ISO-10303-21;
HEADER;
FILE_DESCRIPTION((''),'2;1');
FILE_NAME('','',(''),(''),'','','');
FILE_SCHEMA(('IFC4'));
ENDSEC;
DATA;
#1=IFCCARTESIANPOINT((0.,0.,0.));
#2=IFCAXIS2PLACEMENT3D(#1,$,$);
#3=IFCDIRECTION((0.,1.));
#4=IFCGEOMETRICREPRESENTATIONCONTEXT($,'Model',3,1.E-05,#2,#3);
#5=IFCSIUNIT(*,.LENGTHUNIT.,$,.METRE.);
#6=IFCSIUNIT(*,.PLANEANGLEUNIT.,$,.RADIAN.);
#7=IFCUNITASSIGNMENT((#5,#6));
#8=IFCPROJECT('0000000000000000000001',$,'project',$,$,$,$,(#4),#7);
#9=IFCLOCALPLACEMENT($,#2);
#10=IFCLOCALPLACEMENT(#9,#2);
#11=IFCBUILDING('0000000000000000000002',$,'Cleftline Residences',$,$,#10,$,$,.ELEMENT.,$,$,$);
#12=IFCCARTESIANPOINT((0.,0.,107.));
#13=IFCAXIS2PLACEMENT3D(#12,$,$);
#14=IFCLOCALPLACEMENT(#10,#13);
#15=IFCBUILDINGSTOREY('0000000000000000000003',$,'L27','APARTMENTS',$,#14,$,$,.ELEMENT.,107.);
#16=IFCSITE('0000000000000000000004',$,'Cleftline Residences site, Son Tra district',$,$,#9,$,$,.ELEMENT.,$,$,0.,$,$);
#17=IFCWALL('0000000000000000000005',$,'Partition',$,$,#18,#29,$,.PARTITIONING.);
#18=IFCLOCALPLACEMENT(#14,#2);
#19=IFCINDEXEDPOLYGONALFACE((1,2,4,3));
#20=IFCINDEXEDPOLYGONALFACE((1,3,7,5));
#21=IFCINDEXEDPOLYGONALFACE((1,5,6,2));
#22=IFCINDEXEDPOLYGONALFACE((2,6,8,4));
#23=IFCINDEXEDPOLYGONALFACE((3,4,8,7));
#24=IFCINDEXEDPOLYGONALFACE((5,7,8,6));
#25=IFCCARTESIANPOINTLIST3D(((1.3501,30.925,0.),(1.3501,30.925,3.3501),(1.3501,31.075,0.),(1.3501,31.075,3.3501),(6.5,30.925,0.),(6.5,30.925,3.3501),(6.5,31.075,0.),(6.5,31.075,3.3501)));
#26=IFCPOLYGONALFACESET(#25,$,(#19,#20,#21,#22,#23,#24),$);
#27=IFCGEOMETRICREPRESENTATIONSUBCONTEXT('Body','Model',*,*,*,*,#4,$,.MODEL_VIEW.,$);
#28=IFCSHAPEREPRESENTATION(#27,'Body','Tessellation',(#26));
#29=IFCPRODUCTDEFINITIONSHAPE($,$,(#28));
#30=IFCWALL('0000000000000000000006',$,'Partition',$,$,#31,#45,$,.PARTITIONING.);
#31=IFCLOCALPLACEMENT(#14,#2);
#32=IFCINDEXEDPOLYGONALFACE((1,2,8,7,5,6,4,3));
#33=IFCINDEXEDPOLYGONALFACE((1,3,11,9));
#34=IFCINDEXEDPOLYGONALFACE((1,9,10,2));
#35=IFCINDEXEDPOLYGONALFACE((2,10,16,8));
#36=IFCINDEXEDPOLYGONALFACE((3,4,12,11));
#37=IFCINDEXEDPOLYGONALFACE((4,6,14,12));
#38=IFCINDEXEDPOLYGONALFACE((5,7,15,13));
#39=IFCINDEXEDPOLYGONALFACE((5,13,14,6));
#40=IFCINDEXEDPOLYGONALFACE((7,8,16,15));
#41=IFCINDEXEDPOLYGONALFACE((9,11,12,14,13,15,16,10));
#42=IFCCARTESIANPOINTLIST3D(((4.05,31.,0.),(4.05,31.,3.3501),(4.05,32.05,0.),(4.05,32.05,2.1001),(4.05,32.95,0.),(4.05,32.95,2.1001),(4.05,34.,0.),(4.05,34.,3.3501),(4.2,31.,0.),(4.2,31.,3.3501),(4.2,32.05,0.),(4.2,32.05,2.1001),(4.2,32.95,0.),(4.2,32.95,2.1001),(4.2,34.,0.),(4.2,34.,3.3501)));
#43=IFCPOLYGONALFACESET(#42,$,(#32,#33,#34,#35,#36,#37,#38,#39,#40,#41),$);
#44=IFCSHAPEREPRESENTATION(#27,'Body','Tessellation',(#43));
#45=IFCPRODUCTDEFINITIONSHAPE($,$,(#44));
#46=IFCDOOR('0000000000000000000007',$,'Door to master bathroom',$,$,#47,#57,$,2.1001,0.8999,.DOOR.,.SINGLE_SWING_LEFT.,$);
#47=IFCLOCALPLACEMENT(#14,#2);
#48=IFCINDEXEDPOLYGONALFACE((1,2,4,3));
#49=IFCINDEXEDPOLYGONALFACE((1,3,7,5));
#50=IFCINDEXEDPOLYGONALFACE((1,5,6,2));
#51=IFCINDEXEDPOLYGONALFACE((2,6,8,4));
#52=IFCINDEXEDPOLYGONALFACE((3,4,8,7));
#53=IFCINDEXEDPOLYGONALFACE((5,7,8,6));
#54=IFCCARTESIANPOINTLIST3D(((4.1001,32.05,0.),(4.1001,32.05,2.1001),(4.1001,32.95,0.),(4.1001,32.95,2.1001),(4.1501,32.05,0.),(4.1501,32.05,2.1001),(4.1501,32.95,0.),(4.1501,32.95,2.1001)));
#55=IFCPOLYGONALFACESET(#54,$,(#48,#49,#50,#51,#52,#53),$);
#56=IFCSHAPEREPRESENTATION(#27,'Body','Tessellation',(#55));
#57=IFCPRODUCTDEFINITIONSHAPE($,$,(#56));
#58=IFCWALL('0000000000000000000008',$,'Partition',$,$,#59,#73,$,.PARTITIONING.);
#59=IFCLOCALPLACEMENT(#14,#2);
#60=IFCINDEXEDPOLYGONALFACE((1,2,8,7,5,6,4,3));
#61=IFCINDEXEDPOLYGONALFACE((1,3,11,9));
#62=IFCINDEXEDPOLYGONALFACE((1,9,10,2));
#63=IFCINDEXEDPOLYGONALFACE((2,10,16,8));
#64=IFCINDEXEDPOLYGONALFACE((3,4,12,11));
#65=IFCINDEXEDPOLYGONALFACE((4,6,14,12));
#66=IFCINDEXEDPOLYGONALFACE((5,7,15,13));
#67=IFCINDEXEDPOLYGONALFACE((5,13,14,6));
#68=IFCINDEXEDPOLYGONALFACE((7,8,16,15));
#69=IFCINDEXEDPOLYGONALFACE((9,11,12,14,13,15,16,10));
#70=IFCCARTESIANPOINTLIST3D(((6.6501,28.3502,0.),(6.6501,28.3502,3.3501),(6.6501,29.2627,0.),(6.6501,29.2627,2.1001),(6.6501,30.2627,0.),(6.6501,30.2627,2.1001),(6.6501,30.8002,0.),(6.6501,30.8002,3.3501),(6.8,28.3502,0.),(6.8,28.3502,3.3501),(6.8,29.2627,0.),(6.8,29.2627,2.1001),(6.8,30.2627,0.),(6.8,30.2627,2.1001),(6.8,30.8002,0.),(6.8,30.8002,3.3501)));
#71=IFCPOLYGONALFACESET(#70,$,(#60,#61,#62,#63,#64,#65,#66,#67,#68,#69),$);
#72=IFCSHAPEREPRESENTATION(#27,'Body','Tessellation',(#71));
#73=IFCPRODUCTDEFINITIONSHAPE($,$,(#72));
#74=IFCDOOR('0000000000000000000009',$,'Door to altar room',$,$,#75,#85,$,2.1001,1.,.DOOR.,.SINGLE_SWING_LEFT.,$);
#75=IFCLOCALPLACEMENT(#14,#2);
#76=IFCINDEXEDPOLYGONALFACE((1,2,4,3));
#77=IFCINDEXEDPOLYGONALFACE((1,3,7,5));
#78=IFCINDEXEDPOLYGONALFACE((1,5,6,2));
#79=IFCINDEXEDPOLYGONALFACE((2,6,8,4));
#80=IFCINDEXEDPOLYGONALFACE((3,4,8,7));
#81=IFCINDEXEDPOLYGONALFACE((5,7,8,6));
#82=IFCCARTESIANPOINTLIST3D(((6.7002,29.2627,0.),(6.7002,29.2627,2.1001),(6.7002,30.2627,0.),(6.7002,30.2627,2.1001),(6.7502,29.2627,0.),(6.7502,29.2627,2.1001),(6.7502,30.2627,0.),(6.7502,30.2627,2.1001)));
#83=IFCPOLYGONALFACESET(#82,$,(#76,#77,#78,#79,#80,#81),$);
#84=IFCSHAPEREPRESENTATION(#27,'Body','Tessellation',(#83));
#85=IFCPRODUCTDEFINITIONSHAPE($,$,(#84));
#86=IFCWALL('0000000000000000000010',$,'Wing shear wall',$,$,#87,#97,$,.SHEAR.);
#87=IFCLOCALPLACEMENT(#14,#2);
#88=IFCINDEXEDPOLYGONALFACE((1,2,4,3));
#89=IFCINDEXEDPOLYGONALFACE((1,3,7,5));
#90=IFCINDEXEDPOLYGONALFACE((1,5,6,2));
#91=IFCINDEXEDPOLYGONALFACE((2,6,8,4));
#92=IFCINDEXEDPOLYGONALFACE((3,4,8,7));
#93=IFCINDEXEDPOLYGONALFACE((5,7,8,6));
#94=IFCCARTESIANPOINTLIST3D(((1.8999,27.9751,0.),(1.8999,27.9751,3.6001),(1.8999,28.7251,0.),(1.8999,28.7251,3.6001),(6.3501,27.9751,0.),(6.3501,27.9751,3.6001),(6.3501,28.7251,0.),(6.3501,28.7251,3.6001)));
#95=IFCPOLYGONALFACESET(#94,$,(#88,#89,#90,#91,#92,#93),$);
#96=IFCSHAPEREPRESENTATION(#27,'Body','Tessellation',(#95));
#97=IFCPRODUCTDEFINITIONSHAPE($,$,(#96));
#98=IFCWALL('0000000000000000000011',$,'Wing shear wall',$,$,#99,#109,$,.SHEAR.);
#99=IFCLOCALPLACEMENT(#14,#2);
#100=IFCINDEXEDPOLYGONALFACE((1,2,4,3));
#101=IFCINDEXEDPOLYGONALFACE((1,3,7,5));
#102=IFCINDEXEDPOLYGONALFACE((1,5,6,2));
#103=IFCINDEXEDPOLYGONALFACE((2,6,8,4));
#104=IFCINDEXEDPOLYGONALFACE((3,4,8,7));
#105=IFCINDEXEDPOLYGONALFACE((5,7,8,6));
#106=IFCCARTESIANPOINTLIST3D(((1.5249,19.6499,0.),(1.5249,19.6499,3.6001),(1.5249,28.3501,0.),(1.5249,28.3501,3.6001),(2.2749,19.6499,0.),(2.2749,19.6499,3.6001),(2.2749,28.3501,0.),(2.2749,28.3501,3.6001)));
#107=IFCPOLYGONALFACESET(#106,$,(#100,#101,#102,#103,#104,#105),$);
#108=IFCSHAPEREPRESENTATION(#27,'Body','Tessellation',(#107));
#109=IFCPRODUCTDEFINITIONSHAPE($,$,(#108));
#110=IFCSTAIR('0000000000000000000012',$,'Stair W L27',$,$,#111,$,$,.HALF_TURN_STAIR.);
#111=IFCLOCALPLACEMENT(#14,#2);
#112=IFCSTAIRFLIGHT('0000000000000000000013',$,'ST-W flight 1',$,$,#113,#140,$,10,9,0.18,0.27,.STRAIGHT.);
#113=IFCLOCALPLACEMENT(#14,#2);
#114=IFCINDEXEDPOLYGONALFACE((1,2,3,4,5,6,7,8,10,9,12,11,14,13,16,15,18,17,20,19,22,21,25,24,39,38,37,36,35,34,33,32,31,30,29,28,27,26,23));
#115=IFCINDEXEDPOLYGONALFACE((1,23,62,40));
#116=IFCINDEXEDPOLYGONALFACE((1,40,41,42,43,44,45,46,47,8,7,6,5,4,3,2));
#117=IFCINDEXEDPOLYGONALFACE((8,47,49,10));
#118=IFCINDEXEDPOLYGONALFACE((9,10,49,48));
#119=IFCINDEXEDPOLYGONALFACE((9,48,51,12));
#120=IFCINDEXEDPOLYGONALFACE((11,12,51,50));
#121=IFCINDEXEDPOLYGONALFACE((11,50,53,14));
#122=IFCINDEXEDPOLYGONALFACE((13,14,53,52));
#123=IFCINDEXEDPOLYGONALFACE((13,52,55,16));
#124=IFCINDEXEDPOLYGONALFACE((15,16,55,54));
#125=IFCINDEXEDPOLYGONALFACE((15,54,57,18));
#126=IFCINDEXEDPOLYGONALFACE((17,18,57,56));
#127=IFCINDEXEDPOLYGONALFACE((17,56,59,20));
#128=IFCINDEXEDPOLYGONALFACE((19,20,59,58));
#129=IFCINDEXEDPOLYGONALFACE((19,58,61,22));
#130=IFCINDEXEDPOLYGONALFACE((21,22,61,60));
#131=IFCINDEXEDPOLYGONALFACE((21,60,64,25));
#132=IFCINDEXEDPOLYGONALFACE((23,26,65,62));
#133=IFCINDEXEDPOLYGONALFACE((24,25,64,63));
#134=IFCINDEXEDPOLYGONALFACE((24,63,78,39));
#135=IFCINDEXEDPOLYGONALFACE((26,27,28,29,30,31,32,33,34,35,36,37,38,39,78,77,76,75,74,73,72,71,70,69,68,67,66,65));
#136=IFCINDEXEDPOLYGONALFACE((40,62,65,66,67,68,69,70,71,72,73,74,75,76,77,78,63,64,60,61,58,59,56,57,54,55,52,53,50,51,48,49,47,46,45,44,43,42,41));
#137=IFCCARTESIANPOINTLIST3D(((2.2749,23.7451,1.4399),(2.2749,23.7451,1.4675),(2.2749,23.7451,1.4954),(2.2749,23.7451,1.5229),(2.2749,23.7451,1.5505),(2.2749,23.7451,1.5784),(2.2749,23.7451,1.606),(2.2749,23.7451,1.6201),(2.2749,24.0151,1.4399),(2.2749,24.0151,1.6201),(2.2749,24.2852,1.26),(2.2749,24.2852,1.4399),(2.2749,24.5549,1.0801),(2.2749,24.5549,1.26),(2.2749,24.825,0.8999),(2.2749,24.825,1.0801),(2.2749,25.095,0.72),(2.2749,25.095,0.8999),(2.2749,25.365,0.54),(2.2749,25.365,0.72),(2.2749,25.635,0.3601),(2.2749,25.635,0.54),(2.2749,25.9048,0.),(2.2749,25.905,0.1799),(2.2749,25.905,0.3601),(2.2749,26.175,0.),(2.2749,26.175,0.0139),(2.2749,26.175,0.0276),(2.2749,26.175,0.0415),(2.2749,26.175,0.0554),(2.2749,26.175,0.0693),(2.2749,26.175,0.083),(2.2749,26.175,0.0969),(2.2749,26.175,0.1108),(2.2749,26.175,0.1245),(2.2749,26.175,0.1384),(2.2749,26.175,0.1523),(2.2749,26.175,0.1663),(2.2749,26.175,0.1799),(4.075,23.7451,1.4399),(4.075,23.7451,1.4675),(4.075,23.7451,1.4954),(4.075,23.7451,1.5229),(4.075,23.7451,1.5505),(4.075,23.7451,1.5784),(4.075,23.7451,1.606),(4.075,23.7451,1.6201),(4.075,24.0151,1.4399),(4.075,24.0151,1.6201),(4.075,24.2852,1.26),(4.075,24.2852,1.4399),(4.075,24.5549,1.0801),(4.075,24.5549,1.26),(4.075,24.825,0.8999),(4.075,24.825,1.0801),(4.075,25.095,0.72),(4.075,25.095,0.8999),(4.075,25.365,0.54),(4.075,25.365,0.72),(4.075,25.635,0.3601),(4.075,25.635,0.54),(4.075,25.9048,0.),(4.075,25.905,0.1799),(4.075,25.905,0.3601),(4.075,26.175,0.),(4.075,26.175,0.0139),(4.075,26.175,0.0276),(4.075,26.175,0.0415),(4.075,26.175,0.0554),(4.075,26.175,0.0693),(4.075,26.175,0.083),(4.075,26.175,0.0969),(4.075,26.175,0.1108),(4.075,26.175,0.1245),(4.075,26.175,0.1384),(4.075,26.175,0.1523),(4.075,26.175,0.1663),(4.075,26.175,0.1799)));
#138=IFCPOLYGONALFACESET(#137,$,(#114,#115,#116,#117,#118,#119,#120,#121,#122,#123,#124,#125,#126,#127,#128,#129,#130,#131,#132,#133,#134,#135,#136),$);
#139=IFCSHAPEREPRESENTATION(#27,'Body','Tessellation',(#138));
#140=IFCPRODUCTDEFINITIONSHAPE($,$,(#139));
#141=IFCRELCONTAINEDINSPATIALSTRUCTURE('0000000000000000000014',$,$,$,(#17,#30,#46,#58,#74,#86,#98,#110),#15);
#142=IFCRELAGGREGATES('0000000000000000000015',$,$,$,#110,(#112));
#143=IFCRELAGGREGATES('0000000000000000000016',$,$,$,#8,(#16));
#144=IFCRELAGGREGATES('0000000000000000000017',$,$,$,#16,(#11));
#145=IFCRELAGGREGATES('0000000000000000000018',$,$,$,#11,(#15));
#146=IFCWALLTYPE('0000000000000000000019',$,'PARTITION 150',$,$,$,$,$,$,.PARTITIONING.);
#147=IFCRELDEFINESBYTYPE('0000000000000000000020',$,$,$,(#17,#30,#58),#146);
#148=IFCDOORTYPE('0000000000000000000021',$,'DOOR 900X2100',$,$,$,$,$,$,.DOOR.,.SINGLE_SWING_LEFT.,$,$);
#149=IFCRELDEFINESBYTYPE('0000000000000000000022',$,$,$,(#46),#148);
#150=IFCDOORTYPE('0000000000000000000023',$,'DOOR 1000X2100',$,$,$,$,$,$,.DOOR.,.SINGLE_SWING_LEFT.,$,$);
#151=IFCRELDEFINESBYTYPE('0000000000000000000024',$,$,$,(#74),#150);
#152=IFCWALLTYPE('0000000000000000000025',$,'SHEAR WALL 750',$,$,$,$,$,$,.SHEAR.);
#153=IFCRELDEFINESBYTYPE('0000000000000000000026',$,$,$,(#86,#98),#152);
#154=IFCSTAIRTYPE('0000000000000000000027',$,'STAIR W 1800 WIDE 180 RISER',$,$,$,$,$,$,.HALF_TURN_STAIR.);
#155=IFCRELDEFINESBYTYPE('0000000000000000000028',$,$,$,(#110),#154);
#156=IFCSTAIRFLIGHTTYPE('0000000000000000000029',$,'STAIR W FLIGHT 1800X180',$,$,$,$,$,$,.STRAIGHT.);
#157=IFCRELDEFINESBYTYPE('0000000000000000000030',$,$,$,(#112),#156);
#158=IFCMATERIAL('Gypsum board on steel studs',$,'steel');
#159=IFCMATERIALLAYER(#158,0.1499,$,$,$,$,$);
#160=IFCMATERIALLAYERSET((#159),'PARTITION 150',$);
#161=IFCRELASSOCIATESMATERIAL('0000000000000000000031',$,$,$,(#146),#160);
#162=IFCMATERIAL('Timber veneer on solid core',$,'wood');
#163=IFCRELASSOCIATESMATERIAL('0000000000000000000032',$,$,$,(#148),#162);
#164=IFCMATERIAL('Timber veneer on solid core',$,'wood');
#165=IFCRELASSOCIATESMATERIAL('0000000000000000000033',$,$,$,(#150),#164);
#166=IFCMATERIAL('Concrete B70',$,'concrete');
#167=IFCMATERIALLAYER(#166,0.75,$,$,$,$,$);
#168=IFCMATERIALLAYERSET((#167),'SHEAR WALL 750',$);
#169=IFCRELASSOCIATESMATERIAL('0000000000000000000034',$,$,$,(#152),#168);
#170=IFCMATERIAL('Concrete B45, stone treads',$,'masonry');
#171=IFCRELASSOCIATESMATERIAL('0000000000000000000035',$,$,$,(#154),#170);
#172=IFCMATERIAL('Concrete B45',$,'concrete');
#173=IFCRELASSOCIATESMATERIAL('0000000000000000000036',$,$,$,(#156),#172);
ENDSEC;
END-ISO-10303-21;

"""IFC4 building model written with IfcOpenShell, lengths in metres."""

from ifc_helpers import new_model, si_unit, direction, frame, frame_2d, origin, place, context, subcontext, project, spatial, polyline, rectangle, outline, extrude, material, layer, layer_set, type_object, element, fill, aggregate, save


model = new_model("IFC4")

# Units and contexts
model_context = context("Model", 3, precision=1e-05, world=origin(), true_north=direction((0.0, 1.0)))
body_context = subcontext(model_context, "Body", "Model", "MODEL_VIEW")
ifc_project = project(units=[si_unit("LENGTHUNIT", "METRE"), si_unit("PLANEANGLEUNIT", "RADIAN")], contexts=[model_context])

# Site, building, storey
site_placement = place(None, origin())
site = spatial("IfcSite", under=ifc_project, at=site_placement, Name="Cleftline Residences site, Son Tra district", CompositionType="ELEMENT", RefElevation=0.0)
building_placement = place(site_placement, origin())
building = spatial("IfcBuilding", under=site, at=building_placement, Name="Cleftline Residences", CompositionType="ELEMENT")
storey_placement = place(building_placement, frame((0.0, 0.0, 107.0)))
storey = spatial("IfcBuildingStorey", under=building, at=storey_placement, Name="L27", Description="APARTMENTS", CompositionType="ELEMENT", Elevation=107.0)

# Wall
ifc_material_1 = material(Name="Gypsum board on steel studs", Category="steel")
ifc_layer_1 = layer(ifc_material_1, 0.1499)
ifc_layer_set_1 = layer_set([ifc_layer_1], Name="PARTITION 150")
wall_type_1 = type_object("IfcWallType", Name="PARTITION 150", PredefinedType="PARTITIONING", material=ifc_layer_set_1)
wall_1_placement = place(storey_placement, frame((1.3501, 31.0, 0.0), z_axis=(0.0, 0.0, 1.0), x_axis=(1.0, 0.0, 0.0)))
element("IfcWall", 1, at=wall_1_placement, inside=storey, type_object=wall_type_1, Name="Partition", PredefinedType="PARTITIONING", context=body_context, shape_type="SweptSolid", body=[
    extrude(rectangle(XDim=5.1499, YDim=0.1499, at=frame_2d((2.575, 0.0))), origin(), (0.0, 0.0, 1.0), 3.3501),
])

# Walls, openings, doors
wall_2_placement = place(storey_placement, frame((4.125, 31.0, 0.0), z_axis=(0.0, 0.0, 1.0), x_axis=(0.0, 1.0, 0.0)))
wall_2 = element("IfcWall", 2, at=wall_2_placement, inside=storey, type_object=wall_type_1, Name="Partition", PredefinedType="PARTITIONING", context=body_context, shape_type="SweptSolid", body=[
    extrude(rectangle(XDim=3.0, YDim=0.1499, at=frame_2d((1.5, 0.0))), origin(), (0.0, 0.0, 1.0), 3.3501),
])
opening_1_placement = place(wall_2_placement, frame((1.05, 0.0, 0.0)))
opening_1 = element("IfcOpeningElement", 3, at=opening_1_placement, cuts=wall_2, PredefinedType="OPENING", context=body_context, shape_type="SweptSolid", body=[
    extrude(rectangle(XDim=0.8999, YDim=2.1001, at=frame_2d((0.45, 1.05))), frame((0.0, 0.085, 0.0), z_axis=(0.0, -1.0, 0.0), x_axis=(1.0, 0.0, 0.0)), (0.0, 0.0, 1.0), 0.1699),
])
ifc_material_2 = material(Name="Timber veneer on solid core", Category="wood")
door_type_1 = type_object("IfcDoorType", Name="DOOR 900X2100", OperationType="SINGLE_SWING_LEFT", PredefinedType="DOOR", material=ifc_material_2)
door_1_placement = place(opening_1_placement, origin())
door_1 = element("IfcDoor", 4, at=door_1_placement, inside=storey, type_object=door_type_1, Name="Door to master bathroom", OperationType="SINGLE_SWING_LEFT", OverallHeight=2.1001, OverallWidth=0.8999, PredefinedType="DOOR", context=body_context, shape_type="SweptSolid", body=[
    extrude(rectangle(XDim=0.8999, YDim=2.1001, at=frame_2d((0.45, 1.05))), frame((0.0, 0.0249, 0.0), z_axis=(0.0, -1.0, 0.0), x_axis=(1.0, 0.0, 0.0)), (0.0, 0.0, 1.0), 0.05),
])
fill(opening_1, door_1)
wall_3_placement = place(storey_placement, frame((6.7251, 28.3501, 0.0), z_axis=(0.0, 0.0, 1.0), x_axis=(0.0, 1.0, 0.0)))
wall_3 = element("IfcWall", 5, at=wall_3_placement, inside=storey, type_object=wall_type_1, Name="Partition", PredefinedType="PARTITIONING", context=body_context, shape_type="SweptSolid", body=[
    extrude(rectangle(XDim=2.45, YDim=0.1499, at=frame_2d((1.2251, 0.0))), origin(), (0.0, 0.0, 1.0), 3.3501),
])
opening_2_placement = place(wall_3_placement, frame((0.9126, 0.0, 0.0)))
opening_2 = element("IfcOpeningElement", 6, at=opening_2_placement, cuts=wall_3, PredefinedType="OPENING", context=body_context, shape_type="SweptSolid", body=[
    extrude(rectangle(XDim=1.0, YDim=2.1001, at=frame_2d((0.5, 1.05))), frame((0.0, 0.085, 0.0), z_axis=(0.0, -1.0, 0.0), x_axis=(1.0, 0.0, 0.0)), (0.0, 0.0, 1.0), 0.1699),
])
ifc_material_3 = material(Name="Timber veneer on solid core", Category="wood")
door_type_2 = type_object("IfcDoorType", Name="DOOR 1000X2100", OperationType="SINGLE_SWING_LEFT", PredefinedType="DOOR", material=ifc_material_3)
door_2_placement = place(opening_2_placement, origin())
door_2 = element("IfcDoor", 7, at=door_2_placement, inside=storey, type_object=door_type_2, Name="Door to altar room", OperationType="SINGLE_SWING_LEFT", OverallHeight=2.1001, OverallWidth=1.0, PredefinedType="DOOR", context=body_context, shape_type="SweptSolid", body=[
    extrude(rectangle(XDim=1.0, YDim=2.1001, at=frame_2d((0.5, 1.05))), frame((0.0, 0.0249, 0.0), z_axis=(0.0, -1.0, 0.0), x_axis=(1.0, 0.0, 0.0)), (0.0, 0.0, 1.0), 0.05),
])
fill(opening_2, door_2)

# Walls
ifc_material_4 = material(Name="Concrete B70", Category="concrete")
ifc_layer_2 = layer(ifc_material_4, 0.75)
ifc_layer_set_2 = layer_set([ifc_layer_2], Name="SHEAR WALL 750")
wall_type_2 = type_object("IfcWallType", Name="SHEAR WALL 750", PredefinedType="SHEAR", material=ifc_layer_set_2)
wall_4_placement = place(storey_placement, frame((6.3501, 28.3501, 0.0), z_axis=(0.0, 0.0, 1.0), x_axis=(-1.0, 0.0, 0.0)))
element("IfcWall", 8, at=wall_4_placement, inside=storey, type_object=wall_type_2, Name="Wing shear wall", PredefinedType="SHEAR", context=body_context, shape_type="SweptSolid", body=[
    extrude(rectangle(XDim=4.4502, YDim=0.75, at=frame_2d((2.2251, 0.0))), origin(), (0.0, 0.0, 1.0), 3.6001),
])
wall_5_placement = place(storey_placement, frame((1.8999, 28.3501, 0.0), z_axis=(0.0, 0.0, 1.0), x_axis=(0.0, -1.0, 0.0)))
element("IfcWall", 9, at=wall_5_placement, inside=storey, type_object=wall_type_2, Name="Wing shear wall", PredefinedType="SHEAR", context=body_context, shape_type="SweptSolid", body=[
    extrude(rectangle(XDim=8.7002, YDim=0.75, at=frame_2d((4.3501, 0.0))), origin(), (0.0, 0.0, 1.0), 3.6001),
])

# Stair, stair flight
ifc_material_5 = material(Name="Concrete B45, stone treads", Category="masonry")
stair_type = type_object("IfcStairType", Name="STAIR W 1800 WIDE 180 RISER", PredefinedType="HALF_TURN_STAIR", material=ifc_material_5)
stair_placement = place(storey_placement, origin())
stair = element("IfcStair", 10, at=stair_placement, inside=storey, type_object=stair_type, Name="Stair W L27", PredefinedType="HALF_TURN_STAIR")
ifc_material_6 = material(Name="Concrete B45", Category="concrete")
stair_flight_type = type_object("IfcStairFlightType", Name="STAIR W FLIGHT 1800X180", PredefinedType="STRAIGHT", material=ifc_material_6)
stair_flight_1_placement = place(storey_placement, frame((3.175, 26.175, 0.0), z_axis=(0.0, 0.0, 1.0), x_axis=(0.0, -1.0, 0.0)))
stair_flight_1 = element("IfcStairFlight", 11, at=stair_flight_1_placement, type_object=stair_flight_type, Name="ST-W flight 1", NumberOfRisers=10, NumberOfTreads=9, PredefinedType="STRAIGHT", RiserHeight=0.18, TreadLength=0.27, context=body_context, shape_type="SweptSolid", body=[
    extrude(outline(polyline([(0.0, 0.0), (0.0, 0.0139), (0.0, 0.0276), (0.0, 0.0415), (0.0, 0.0554), (0.0, 0.0693), (0.0, 0.083), (0.0, 0.0969), (0.0, 0.1108), (0.0, 0.1245), (0.0, 0.1384), (0.0, 0.1523), (0.0, 0.1663), (0.0, 0.1799), (0.27, 0.1799), (0.27, 0.3601), (0.54, 0.3601), (0.54, 0.54), (0.8101, 0.54), (0.8101, 0.72), (1.0801, 0.72), (1.0801, 0.8999), (1.3501, 0.8999), (1.3501, 1.0801), (1.6201, 1.0801), (1.6201, 1.26), (1.8899, 1.26), (1.8899, 1.4399), (2.1599, 1.4399), (2.1599, 1.6201), (2.4299, 1.6201), (2.4299, 1.8), (2.4299, 1.7722), (2.4299, 1.7446), (2.4299, 1.7168), (2.4299, 1.6892), (2.4299, 1.6614), (2.4299, 1.6338), (2.4299, 1.606), (2.4299, 1.5784), (2.4299, 1.5505), (2.4299, 1.5229), (2.4299, 1.4954), (2.4299, 1.4675), (2.4299, 1.4399), (0.2703, 0.0), (0.0, 0.0)])), frame((0.0, 0.8999, 0.0), z_axis=(0.0, -1.0, 0.0), x_axis=(1.0, 0.0, 0.0)), (0.0, 0.0, 1.0), 1.8),
])
aggregate(stair, [stair_flight_1])

save(model, "model.ifc")
